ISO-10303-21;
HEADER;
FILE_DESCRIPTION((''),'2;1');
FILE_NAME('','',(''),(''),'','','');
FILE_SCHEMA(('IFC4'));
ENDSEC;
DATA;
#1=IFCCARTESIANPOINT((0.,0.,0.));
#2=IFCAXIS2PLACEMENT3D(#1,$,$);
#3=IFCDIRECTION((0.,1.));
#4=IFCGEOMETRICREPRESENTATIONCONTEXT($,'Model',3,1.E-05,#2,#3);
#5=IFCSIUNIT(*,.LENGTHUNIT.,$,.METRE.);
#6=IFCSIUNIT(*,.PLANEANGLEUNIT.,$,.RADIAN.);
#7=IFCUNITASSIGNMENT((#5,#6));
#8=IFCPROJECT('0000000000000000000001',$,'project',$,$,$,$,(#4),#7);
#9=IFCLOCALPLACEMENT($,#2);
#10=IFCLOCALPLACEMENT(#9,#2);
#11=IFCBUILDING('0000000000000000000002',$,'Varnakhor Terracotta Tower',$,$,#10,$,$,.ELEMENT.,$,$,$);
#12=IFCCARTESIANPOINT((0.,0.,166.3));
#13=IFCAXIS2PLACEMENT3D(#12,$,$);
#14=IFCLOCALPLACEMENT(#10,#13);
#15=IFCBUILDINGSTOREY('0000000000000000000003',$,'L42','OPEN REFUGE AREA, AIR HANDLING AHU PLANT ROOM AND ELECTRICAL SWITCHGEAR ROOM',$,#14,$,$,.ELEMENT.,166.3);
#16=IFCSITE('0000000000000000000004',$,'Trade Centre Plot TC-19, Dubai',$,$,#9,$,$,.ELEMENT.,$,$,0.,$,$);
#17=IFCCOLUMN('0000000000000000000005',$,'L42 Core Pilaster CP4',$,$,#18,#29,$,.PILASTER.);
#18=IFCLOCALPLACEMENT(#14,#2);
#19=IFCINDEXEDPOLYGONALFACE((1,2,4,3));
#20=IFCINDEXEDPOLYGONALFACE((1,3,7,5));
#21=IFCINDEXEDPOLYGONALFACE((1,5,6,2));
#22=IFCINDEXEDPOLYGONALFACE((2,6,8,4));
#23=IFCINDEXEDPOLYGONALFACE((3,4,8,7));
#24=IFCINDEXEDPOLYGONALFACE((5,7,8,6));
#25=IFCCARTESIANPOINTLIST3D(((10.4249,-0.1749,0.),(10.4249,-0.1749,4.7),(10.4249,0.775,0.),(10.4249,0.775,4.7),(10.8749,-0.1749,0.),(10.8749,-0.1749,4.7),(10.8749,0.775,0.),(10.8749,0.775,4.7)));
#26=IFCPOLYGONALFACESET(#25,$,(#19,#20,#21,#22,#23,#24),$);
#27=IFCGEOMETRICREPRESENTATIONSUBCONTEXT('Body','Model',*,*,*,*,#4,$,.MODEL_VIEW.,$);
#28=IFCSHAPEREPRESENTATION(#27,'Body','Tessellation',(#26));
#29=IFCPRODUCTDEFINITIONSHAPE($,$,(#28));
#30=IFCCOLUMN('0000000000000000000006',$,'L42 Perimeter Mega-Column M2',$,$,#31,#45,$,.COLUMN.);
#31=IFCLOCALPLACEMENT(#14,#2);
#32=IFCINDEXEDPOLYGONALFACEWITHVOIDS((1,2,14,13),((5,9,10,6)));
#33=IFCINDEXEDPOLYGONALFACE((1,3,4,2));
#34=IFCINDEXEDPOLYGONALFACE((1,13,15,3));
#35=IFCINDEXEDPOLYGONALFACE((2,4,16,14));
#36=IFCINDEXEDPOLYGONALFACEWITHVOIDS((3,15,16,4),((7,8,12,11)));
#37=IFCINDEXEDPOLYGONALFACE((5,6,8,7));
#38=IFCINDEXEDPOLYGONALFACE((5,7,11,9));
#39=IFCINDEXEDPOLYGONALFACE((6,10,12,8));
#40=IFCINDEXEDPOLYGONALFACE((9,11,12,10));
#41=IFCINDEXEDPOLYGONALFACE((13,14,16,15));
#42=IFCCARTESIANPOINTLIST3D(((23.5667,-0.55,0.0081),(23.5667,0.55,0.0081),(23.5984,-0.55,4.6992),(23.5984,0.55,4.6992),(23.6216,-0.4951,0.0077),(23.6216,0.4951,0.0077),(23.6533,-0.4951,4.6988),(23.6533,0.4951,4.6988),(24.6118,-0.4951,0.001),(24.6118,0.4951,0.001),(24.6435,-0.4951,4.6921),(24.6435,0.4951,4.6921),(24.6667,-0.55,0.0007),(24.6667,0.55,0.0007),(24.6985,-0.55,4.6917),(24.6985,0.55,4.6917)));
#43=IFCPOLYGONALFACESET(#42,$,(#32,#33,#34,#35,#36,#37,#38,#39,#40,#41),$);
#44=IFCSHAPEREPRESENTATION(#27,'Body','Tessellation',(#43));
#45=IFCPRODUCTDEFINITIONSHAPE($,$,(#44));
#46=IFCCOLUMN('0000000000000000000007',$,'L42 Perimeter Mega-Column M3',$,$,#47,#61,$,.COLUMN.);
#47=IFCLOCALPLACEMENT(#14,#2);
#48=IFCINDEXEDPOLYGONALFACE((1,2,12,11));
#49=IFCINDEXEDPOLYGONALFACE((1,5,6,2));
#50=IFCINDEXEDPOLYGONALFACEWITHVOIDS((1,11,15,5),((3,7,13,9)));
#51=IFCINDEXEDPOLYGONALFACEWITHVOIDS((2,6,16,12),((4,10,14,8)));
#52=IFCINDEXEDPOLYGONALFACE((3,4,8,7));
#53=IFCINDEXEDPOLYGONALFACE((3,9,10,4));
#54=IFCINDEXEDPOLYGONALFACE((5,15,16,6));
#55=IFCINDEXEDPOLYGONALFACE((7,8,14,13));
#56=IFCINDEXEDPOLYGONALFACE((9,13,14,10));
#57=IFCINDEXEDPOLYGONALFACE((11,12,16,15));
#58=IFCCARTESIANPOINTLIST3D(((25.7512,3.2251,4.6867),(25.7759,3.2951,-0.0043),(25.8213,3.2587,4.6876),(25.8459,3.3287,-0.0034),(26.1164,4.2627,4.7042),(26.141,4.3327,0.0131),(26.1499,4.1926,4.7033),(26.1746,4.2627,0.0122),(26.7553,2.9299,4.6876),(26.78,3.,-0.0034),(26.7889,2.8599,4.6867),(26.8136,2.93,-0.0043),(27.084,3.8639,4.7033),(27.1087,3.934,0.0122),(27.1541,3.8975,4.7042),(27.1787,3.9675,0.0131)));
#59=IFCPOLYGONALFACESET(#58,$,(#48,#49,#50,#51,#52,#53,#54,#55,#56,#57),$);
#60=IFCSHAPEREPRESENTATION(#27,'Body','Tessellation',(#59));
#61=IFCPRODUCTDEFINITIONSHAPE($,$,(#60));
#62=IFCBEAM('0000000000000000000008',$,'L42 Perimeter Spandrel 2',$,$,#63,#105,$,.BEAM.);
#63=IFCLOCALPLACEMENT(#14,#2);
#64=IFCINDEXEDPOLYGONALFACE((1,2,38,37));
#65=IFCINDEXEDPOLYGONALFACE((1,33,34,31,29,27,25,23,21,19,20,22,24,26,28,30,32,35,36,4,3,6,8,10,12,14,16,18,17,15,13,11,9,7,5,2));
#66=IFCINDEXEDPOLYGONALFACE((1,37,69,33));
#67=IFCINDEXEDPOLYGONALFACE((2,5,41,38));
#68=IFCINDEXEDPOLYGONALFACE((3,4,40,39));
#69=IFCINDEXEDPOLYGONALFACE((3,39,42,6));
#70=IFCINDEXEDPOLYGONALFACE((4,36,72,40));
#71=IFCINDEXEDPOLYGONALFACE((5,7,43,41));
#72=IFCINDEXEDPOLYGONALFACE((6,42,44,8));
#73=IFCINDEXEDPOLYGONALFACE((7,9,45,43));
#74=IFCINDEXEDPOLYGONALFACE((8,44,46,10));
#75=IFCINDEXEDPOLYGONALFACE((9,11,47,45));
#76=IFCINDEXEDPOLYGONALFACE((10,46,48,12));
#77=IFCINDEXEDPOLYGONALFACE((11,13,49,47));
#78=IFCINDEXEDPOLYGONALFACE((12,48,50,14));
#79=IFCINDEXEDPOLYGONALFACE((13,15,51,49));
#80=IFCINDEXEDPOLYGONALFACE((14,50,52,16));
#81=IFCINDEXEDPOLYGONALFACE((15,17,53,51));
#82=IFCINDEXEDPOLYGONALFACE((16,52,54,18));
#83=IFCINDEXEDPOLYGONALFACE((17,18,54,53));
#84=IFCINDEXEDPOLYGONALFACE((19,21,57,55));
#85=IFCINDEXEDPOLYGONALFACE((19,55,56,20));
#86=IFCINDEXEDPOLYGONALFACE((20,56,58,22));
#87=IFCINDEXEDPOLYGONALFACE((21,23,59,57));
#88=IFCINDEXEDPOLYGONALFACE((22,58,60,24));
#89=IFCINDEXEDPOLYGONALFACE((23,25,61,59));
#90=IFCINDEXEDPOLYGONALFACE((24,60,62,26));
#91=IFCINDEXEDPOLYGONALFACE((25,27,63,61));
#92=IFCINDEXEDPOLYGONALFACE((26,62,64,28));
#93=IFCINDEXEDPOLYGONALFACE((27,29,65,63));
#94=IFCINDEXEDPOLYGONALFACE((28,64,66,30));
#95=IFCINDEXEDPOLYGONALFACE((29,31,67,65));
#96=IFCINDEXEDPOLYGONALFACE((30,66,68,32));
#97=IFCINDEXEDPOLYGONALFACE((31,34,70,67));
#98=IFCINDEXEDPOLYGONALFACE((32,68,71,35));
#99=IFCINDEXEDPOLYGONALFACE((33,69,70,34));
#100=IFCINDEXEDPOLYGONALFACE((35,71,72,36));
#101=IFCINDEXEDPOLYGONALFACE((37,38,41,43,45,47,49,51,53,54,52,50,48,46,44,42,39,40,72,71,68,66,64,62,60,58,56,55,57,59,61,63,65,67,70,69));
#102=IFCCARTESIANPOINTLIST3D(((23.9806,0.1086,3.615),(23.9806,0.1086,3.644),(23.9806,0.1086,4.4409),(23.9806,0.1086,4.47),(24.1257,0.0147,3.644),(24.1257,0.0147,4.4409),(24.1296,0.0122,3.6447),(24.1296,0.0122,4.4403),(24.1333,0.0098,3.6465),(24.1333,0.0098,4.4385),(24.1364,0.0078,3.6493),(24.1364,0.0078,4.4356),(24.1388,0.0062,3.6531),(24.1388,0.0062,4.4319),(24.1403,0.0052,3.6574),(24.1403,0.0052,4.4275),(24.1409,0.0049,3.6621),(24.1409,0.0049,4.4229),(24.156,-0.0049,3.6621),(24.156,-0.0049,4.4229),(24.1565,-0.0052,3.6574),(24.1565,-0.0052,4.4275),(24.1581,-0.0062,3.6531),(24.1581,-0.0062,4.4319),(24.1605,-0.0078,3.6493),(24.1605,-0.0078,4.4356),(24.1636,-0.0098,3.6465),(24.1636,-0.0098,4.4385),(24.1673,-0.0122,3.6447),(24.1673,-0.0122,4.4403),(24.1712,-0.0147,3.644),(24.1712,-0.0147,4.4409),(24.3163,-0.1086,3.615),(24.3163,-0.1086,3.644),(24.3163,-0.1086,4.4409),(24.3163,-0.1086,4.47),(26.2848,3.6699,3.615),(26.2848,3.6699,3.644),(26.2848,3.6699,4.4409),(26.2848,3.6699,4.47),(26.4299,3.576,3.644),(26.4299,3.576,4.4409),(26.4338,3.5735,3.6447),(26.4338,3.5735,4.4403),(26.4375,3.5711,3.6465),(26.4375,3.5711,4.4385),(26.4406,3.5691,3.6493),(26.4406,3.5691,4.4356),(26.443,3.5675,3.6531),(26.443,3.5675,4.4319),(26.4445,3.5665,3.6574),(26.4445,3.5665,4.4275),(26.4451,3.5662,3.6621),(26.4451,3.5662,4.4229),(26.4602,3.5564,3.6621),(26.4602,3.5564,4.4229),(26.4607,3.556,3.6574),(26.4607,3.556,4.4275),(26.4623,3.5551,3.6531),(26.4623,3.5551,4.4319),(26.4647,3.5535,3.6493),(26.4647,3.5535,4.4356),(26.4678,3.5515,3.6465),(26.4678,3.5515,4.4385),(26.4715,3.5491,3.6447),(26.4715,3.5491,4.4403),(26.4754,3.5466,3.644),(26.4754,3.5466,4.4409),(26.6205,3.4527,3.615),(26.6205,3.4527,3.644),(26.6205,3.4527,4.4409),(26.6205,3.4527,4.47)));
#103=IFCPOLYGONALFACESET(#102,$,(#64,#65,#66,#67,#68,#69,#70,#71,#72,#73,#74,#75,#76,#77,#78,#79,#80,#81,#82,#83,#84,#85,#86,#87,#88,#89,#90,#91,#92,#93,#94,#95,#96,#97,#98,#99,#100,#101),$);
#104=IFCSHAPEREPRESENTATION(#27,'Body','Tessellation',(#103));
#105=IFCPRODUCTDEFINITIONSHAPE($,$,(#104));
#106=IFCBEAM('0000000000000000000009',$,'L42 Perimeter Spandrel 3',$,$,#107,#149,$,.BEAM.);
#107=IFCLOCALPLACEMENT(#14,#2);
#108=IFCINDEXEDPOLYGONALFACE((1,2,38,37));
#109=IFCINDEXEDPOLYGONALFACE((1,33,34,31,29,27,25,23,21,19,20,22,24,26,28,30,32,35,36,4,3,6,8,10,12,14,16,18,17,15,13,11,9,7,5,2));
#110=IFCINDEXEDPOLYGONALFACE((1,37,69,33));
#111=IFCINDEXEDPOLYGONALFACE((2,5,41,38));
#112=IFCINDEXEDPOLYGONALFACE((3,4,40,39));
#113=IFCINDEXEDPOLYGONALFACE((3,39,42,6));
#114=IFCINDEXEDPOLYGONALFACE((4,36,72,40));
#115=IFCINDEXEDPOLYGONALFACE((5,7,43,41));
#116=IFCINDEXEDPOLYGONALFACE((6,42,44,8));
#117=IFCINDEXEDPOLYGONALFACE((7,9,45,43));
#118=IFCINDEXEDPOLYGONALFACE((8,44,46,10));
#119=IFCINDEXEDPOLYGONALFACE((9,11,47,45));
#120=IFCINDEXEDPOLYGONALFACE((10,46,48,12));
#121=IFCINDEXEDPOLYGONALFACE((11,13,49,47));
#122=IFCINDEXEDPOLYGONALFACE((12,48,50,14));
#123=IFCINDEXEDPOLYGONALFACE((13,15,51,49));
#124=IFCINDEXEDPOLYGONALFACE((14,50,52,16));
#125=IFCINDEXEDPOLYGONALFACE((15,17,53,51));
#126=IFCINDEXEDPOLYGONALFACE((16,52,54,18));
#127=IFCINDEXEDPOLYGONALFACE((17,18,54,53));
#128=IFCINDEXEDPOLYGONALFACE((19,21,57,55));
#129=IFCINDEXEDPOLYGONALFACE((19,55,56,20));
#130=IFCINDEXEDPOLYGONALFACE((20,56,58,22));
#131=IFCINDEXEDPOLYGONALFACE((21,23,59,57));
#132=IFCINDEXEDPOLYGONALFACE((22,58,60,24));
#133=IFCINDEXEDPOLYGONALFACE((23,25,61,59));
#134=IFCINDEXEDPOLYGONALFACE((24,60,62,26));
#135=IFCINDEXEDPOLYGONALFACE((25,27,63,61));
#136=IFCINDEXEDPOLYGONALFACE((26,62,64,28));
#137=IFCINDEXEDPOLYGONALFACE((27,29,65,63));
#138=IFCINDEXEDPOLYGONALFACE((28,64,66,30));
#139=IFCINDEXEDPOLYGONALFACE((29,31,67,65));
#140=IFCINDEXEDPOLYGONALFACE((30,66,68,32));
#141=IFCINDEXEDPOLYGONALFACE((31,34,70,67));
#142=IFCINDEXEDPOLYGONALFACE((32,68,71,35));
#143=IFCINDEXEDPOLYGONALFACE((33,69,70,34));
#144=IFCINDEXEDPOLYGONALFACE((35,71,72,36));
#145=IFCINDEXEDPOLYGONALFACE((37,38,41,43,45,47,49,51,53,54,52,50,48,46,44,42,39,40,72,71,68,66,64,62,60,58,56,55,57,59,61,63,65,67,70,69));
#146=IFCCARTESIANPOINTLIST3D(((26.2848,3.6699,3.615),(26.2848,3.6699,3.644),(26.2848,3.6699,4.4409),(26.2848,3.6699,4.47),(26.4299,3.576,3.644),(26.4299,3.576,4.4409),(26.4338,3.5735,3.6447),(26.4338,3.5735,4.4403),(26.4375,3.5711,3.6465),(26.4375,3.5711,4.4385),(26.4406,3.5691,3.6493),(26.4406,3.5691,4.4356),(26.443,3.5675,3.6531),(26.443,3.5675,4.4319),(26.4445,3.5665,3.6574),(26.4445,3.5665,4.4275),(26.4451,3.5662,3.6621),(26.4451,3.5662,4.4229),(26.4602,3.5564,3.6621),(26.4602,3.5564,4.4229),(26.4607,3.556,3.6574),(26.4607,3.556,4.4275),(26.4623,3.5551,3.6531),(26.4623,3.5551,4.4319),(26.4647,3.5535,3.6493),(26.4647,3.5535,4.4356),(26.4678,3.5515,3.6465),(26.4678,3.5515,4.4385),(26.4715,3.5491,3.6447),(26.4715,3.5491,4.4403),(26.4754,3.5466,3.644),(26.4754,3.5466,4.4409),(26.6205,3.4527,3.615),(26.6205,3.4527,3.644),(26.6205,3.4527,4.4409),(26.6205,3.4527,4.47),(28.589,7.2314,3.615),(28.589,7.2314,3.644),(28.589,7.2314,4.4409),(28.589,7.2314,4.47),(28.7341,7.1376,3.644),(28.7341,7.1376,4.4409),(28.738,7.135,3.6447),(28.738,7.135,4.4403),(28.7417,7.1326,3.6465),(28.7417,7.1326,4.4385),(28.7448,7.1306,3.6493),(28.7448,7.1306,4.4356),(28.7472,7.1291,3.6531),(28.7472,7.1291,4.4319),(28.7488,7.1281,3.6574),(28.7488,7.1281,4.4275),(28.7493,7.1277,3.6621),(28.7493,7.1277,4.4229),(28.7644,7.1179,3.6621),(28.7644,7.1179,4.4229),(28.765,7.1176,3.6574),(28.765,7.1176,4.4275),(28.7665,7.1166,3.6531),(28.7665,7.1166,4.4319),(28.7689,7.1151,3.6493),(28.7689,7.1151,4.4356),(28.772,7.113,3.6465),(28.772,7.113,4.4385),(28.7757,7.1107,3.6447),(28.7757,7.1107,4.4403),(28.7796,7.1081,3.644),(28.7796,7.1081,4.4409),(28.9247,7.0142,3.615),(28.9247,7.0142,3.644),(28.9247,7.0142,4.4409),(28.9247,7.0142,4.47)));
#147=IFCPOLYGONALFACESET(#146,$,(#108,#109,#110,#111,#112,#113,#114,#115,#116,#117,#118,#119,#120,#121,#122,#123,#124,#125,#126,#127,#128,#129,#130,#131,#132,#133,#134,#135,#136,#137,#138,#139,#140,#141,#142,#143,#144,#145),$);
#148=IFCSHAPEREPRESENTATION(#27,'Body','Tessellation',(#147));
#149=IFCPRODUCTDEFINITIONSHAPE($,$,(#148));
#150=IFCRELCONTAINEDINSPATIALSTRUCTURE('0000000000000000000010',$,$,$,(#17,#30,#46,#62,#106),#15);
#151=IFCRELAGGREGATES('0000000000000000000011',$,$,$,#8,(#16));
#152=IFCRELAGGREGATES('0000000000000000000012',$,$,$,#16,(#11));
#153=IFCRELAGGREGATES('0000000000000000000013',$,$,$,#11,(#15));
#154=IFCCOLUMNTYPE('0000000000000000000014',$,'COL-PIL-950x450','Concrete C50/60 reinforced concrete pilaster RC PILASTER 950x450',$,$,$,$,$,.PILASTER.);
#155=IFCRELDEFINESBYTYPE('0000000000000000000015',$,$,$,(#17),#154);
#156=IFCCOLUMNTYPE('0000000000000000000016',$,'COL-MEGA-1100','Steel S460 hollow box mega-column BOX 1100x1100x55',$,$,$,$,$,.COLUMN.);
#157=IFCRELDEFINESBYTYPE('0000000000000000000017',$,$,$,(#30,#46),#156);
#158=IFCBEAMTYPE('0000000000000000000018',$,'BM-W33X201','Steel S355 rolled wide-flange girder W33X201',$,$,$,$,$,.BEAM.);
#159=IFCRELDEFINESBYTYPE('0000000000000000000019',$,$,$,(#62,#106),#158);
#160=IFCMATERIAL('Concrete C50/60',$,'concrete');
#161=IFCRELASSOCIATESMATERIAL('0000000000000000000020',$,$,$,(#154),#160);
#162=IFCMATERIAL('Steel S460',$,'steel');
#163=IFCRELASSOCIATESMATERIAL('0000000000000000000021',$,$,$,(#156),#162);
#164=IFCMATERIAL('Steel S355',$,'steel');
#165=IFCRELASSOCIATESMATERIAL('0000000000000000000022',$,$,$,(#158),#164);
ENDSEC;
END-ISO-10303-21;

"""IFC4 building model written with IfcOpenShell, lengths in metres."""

from ifc_helpers import new_model, si_unit, direction, frame, origin, origin_2d, place, context, subcontext, project, spatial, rectangle, hollow_rectangle, i_section, extrude, source, transform, mapped, material, material_profile, profile_set, type_object, element, save


model = new_model("IFC4")

# Units and contexts
model_context = context("Model", 3, precision=1e-05, world=origin(), true_north=direction((0.0, 1.0)))
body_context = subcontext(model_context, "Body", "Model", "MODEL_VIEW")
ifc_project = project(units=[si_unit("LENGTHUNIT", "METRE"), si_unit("PLANEANGLEUNIT", "RADIAN")], contexts=[model_context])

# Site, building, storey
site_placement = place(None, origin())
site = spatial("IfcSite", under=ifc_project, at=site_placement, Name="Trade Centre Plot TC-19, Dubai", CompositionType="ELEMENT", RefElevation=0.0)
building_placement = place(site_placement, origin())
building = spatial("IfcBuilding", under=site, at=building_placement, Name="Varnakhor Terracotta Tower", CompositionType="ELEMENT")
storey_placement = place(building_placement, frame((0.0, 0.0, 166.3)))
storey = spatial("IfcBuildingStorey", under=building, at=storey_placement, Name="L42", Description="OPEN REFUGE AREA, AIR HANDLING AHU PLANT ROOM AND ELECTRICAL SWITCHGEAR ROOM", CompositionType="ELEMENT", Elevation=166.3)

# Columns
ifc_material_1 = material(Name="Concrete C50/60", Category="concrete")
ifc_material_profile_1 = material_profile(ifc_material_1, rectangle(XDim=0.45, YDim=0.95, at=origin_2d()), Name="RC PILASTER 950x450")
ifc_profile_set_1 = profile_set([ifc_material_profile_1], Name="Concrete C50/60")
column_type_1 = type_object("IfcColumnType", Name="COL-PIL-950x450", Description="Concrete C50/60 reinforced concrete pilaster RC PILASTER 950x450", PredefinedType="PILASTER", material=ifc_profile_set_1)
shared_shape_1 = source(origin(), body_context, "Body", "SweptSolid", [
    extrude(rectangle(XDim=0.45, YDim=0.95, at=origin_2d()), origin(), (0.0, 0.0, 1.0), 4.7),
])
column_1_placement = place(storey_placement, frame((10.6499, 0.3, 0.0), z_axis=(0.0, 0.0, 1.0), x_axis=(1.0, 0.0, 0.0)))
element("IfcColumn", 1, at=column_1_placement, inside=storey, type_object=column_type_1, Name="L42 Core Pilaster CP4", PredefinedType="PILASTER", context=body_context, shape_type="MappedRepresentation", body=[
    mapped(shared_shape_1, transform((0.0, 0.0, 0.0), scale=1.0)),
])
ifc_material_2 = material(Name="Steel S460", Category="steel")
ifc_material_profile_2 = material_profile(ifc_material_2, hollow_rectangle(XDim=1.1001, YDim=1.1001, WallThickness=0.0549, at=origin_2d()), Name="BOX 1100x1100x55")
ifc_profile_set_2 = profile_set([ifc_material_profile_2], Name="Steel S460")
column_type_2 = type_object("IfcColumnType", Name="COL-MEGA-1100", Description="Steel S460 hollow box mega-column BOX 1100x1100x55", PredefinedType="COLUMN", material=ifc_profile_set_2)
shared_shape_2 = source(origin(), body_context, "Body", "SweptSolid", [
    extrude(hollow_rectangle(XDim=1.1001, YDim=1.1001, WallThickness=0.0549, at=origin_2d()), origin(), (0.0, 0.0, 1.0), 4.6912),
])
column_2_placement = place(storey_placement, frame((24.1167, 0.0, 0.0044), z_axis=(0.006765, 0.0, 0.999977), x_axis=(0.0, 1.0, 0.0)))
element("IfcColumn", 2, at=column_2_placement, inside=storey, type_object=column_type_2, Name="L42 Perimeter Mega-Column M2", PredefinedType="COLUMN", context=body_context, shape_type="MappedRepresentation", body=[
    mapped(shared_shape_2, transform((0.0, 0.0, 0.0), scale=1.0)),
])
shared_shape_3 = source(origin(), body_context, "Body", "SweptSolid", [
    extrude(hollow_rectangle(XDim=1.1001, YDim=1.1001, WallThickness=0.0549, at=origin_2d()), origin(), (0.0, 0.0, 1.0), 4.6917),
])
column_3_placement = place(storey_placement, frame((26.4773, 3.6313, 0.0044), z_axis=(-0.005256, -0.014934, 0.999875), x_axis=(0.943293, -0.33196, 0.0)))
element("IfcColumn", 3, at=column_3_placement, inside=storey, type_object=column_type_2, Name="L42 Perimeter Mega-Column M3", PredefinedType="COLUMN", context=body_context, shape_type="MappedRepresentation", body=[
    mapped(shared_shape_3, transform((0.0, 0.0, 0.0), scale=1.0)),
])

# Beams
ifc_material_3 = material(Name="Steel S355", Category="steel")
ifc_material_profile_3 = material_profile(ifc_material_3, i_section(OverallWidth=0.3999, OverallDepth=0.855, WebThickness=0.0181, FlangeThickness=0.0291, FilletRadius=0.0181, at=origin_2d()), Name="W33X201")
ifc_profile_set_3 = profile_set([ifc_material_profile_3], Name="Steel S355")
beam_type_1 = type_object("IfcBeamType", Name="BM-W33X201", Description="Steel S355 rolled wide-flange girder W33X201", PredefinedType="BEAM", material=ifc_profile_set_3)
shared_shape_4 = source(origin(), body_context, "Body", "SweptSolid", [
    extrude(i_section(OverallWidth=0.3999, OverallDepth=0.855, WebThickness=0.0181, FlangeThickness=0.0291, FilletRadius=0.0181, at=origin_2d()), origin(), (0.0, 0.0, 1.0), 4.2417),
])
beam_1_placement = place(storey_placement, frame((24.1484, 0.0, 4.0425), z_axis=(0.543225, 0.839587, 0.0), x_axis=(-0.839587, 0.543225, 0.0)))
element("IfcBeam", 4, at=beam_1_placement, inside=storey, type_object=beam_type_1, Name="L42 Perimeter Spandrel 2", PredefinedType="BEAM", context=body_context, shape_type="MappedRepresentation", body=[
    mapped(shared_shape_4, transform((0.0, 0.0, 0.0), scale=1.0)),
])
shared_shape_5 = source(origin(), body_context, "Body", "SweptSolid", [
    extrude(i_section(OverallWidth=0.3999, OverallDepth=0.855, WebThickness=0.0181, FlangeThickness=0.0291, FilletRadius=0.0181, at=origin_2d()), origin(), (0.0, 0.0, 1.0), 4.2419),
])
beam_2_placement = place(storey_placement, frame((26.4526, 3.5613, 4.0425), z_axis=(0.543199, 0.839604, 0.0), x_axis=(-0.839604, 0.543199, 0.0)))
element("IfcBeam", 5, at=beam_2_placement, inside=storey, type_object=beam_type_1, Name="L42 Perimeter Spandrel 3", PredefinedType="BEAM", context=body_context, shape_type="MappedRepresentation", body=[
    mapped(shared_shape_5, transform((0.0, 0.0, 0.0), scale=1.0)),
])

save(model, "model.ifc")
